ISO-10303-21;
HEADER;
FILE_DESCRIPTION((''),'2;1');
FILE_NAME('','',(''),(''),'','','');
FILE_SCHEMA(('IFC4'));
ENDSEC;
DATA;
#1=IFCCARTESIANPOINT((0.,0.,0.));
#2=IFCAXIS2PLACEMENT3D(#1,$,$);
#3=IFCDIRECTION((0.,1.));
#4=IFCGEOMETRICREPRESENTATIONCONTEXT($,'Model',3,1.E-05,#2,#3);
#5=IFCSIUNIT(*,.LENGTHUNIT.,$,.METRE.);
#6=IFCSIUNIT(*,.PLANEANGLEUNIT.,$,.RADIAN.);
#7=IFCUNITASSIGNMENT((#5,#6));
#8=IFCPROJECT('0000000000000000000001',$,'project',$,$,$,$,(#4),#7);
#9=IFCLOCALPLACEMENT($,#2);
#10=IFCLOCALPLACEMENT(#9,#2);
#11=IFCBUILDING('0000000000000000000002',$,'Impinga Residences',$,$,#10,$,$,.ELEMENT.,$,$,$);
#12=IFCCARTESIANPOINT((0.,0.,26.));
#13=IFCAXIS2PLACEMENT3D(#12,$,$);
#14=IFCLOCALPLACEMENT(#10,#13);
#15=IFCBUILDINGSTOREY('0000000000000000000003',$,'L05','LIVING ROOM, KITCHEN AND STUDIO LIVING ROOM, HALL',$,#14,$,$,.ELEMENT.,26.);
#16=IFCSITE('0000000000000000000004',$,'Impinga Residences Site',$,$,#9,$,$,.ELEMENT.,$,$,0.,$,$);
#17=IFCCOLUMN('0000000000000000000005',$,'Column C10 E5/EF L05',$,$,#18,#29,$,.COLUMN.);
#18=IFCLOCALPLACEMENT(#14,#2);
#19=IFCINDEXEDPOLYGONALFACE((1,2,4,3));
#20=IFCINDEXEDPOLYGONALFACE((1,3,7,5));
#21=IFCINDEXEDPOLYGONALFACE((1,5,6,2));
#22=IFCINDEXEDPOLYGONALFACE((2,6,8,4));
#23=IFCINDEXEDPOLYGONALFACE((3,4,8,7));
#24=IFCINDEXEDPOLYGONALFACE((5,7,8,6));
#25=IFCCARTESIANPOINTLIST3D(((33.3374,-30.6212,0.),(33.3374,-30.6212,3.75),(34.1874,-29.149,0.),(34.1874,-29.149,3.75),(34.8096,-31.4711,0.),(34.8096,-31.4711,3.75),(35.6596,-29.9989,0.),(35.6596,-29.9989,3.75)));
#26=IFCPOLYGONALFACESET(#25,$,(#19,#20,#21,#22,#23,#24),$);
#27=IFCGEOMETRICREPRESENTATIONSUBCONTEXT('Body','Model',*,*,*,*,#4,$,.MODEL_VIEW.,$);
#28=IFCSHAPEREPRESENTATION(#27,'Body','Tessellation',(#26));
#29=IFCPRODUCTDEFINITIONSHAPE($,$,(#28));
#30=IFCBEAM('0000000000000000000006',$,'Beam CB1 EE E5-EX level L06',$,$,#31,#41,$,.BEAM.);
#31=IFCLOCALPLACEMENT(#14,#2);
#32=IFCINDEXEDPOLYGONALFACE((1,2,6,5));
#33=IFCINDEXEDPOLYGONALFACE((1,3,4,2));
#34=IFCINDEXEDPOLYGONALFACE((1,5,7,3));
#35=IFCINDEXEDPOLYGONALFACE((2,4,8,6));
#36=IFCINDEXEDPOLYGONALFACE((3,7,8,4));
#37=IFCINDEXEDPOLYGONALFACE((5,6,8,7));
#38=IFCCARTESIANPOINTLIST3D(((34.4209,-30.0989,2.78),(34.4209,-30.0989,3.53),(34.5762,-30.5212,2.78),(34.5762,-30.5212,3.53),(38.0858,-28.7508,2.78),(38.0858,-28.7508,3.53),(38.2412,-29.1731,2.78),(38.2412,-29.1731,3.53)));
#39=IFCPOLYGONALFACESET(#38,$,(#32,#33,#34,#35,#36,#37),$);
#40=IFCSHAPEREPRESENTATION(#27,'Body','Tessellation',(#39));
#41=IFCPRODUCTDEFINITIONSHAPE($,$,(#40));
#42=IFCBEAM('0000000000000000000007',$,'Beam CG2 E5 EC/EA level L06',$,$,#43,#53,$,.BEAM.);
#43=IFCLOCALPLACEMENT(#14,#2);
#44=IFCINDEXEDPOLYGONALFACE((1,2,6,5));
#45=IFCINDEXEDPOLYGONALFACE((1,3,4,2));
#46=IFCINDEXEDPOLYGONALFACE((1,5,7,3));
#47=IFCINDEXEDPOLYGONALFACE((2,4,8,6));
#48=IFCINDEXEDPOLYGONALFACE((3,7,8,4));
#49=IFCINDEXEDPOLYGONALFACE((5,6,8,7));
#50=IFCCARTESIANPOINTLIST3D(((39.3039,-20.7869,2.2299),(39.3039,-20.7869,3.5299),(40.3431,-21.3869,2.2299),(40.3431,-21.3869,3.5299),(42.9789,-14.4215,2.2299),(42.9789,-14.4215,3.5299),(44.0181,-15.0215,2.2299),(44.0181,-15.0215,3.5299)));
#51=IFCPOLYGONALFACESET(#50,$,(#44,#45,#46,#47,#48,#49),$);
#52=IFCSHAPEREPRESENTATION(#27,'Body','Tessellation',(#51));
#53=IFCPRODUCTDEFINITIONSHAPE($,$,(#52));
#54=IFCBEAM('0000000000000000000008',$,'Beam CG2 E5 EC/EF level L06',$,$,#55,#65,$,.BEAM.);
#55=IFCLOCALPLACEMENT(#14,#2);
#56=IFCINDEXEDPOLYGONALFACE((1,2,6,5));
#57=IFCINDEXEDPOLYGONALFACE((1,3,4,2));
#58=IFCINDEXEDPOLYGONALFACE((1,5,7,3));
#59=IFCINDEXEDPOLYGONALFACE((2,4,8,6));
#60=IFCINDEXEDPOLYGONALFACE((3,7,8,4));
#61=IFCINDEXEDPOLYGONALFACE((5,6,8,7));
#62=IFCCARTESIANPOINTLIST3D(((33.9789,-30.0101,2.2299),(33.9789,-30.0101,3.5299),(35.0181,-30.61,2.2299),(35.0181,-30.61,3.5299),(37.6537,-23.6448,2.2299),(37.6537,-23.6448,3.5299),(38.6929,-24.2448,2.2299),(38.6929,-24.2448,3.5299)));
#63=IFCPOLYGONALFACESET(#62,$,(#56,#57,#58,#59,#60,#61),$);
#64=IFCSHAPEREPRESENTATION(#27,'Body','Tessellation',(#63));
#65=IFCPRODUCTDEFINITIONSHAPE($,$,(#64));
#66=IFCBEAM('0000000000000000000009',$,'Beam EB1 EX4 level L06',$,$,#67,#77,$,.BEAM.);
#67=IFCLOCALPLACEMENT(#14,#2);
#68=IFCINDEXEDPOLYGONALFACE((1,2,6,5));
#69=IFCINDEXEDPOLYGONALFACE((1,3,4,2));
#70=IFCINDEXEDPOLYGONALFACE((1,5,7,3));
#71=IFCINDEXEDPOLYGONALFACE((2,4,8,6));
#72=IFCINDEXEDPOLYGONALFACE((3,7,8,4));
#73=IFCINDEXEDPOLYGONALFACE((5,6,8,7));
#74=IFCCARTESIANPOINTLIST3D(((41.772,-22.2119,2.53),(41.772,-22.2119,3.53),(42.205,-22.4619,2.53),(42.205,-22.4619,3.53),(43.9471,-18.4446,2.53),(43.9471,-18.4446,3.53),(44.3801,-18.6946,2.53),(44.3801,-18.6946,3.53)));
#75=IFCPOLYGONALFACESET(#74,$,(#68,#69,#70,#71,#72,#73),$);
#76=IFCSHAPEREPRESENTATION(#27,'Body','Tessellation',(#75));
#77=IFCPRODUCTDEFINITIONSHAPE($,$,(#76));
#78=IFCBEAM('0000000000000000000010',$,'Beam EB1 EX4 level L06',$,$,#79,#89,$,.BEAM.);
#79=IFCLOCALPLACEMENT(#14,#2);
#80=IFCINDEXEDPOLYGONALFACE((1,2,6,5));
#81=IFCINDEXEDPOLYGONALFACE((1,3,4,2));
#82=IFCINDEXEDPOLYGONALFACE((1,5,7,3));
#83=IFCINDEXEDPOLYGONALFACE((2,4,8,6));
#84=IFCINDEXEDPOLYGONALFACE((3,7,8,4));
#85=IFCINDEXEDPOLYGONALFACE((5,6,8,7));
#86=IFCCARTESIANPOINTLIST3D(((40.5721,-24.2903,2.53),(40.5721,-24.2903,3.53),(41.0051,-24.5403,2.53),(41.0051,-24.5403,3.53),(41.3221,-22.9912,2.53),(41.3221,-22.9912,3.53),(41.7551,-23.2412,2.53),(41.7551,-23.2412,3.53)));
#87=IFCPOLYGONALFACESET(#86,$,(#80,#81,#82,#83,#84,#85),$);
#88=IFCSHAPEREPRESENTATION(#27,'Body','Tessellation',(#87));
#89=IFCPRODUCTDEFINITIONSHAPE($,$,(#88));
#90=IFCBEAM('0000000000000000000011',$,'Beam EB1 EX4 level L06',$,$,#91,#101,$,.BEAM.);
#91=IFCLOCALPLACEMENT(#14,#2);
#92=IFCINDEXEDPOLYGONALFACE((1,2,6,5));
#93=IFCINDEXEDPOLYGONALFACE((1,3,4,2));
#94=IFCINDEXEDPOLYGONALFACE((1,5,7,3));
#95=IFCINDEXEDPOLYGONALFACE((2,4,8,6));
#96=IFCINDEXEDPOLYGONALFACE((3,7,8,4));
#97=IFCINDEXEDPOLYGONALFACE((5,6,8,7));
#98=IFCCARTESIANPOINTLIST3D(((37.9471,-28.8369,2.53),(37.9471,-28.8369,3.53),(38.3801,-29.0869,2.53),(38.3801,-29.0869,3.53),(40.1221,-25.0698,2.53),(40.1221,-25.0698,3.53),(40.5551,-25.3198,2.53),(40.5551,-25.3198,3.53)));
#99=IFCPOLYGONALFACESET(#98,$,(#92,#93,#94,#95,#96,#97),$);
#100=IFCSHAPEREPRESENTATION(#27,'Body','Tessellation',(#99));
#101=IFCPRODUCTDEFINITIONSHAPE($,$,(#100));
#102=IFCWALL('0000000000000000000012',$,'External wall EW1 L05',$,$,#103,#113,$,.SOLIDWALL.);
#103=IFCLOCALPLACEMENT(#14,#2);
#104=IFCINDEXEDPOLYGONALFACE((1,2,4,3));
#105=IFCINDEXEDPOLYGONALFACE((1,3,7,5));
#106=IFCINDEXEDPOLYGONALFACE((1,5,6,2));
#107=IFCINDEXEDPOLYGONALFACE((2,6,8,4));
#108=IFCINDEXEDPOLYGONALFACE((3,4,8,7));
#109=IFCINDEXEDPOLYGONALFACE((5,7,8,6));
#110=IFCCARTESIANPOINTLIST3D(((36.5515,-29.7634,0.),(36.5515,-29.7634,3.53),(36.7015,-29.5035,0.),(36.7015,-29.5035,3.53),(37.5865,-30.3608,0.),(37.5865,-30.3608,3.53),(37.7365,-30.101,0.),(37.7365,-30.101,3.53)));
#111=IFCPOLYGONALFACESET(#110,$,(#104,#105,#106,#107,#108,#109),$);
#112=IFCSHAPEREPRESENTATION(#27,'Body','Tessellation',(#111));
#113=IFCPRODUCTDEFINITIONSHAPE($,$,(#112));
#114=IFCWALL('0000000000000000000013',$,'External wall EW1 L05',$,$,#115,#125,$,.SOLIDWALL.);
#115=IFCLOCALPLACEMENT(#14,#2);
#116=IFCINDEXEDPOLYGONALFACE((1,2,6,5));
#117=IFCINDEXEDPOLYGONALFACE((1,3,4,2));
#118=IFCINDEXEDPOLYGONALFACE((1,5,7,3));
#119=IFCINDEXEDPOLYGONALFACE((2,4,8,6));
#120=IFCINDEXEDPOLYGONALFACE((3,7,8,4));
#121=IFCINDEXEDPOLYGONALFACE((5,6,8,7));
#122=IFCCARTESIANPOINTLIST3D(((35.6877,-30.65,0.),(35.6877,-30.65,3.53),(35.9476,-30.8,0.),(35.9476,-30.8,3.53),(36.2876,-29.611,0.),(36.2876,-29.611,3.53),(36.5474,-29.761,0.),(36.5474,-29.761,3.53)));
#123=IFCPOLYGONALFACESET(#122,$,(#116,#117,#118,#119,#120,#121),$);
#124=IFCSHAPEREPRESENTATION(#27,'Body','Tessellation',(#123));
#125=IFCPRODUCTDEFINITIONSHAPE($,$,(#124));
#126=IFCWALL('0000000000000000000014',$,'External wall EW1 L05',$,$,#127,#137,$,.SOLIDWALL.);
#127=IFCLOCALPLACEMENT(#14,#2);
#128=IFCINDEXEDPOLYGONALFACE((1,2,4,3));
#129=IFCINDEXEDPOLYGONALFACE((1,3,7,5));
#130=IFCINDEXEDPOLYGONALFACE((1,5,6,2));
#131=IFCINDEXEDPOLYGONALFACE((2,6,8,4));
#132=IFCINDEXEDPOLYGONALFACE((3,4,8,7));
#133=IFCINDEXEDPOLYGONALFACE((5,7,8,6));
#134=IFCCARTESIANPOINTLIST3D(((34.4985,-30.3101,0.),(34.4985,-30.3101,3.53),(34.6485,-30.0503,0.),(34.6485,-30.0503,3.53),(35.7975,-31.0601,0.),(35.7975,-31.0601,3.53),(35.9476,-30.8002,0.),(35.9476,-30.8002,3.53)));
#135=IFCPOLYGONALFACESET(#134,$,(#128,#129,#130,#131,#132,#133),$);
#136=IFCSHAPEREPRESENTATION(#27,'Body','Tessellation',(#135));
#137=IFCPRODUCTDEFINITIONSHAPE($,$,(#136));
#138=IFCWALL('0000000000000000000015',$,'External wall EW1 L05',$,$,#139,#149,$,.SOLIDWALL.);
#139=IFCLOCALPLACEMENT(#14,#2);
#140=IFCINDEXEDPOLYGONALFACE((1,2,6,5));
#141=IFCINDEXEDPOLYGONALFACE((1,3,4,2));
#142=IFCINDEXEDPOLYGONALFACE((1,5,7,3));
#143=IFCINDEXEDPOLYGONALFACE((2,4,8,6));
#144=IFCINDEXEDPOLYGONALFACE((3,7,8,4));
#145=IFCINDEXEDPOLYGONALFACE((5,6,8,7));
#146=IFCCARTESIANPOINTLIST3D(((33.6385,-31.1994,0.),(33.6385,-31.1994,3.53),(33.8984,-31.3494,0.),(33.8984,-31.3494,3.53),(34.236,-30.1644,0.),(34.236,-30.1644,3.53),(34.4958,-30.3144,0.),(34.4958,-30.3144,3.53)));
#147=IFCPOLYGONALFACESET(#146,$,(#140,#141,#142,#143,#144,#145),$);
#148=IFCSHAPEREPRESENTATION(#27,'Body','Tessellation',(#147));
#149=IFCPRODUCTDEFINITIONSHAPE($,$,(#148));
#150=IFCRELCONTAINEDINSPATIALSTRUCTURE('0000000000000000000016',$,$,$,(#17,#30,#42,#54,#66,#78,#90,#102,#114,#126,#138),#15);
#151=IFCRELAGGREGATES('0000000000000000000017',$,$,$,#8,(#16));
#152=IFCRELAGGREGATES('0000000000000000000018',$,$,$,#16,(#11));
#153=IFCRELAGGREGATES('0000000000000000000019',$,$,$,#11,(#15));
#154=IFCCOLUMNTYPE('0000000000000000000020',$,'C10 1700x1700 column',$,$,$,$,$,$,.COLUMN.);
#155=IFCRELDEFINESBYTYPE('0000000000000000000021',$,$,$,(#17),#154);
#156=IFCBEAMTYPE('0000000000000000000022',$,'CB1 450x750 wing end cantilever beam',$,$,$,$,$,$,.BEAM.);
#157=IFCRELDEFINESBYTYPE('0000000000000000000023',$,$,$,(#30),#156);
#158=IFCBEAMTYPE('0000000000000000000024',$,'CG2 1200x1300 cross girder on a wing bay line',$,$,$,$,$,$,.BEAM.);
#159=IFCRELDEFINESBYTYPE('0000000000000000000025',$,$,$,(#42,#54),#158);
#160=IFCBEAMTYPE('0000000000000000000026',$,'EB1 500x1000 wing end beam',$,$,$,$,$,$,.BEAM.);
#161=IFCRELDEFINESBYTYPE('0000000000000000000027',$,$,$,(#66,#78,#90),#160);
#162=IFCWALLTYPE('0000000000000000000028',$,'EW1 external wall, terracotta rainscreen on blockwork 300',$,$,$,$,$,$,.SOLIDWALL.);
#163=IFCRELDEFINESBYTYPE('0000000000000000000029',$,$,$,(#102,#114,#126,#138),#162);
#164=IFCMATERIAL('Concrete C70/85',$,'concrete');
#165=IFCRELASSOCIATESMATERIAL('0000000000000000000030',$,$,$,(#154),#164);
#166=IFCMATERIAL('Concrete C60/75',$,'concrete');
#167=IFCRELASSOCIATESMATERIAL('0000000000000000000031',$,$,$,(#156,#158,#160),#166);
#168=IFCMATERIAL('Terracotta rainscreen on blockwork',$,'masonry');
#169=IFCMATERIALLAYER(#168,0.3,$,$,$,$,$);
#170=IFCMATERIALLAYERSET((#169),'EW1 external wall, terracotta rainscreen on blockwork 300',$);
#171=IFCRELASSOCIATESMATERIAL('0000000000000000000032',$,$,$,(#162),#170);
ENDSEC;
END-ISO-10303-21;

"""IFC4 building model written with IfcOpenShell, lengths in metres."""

from ifc_helpers import new_model, si_unit, direction, frame, frame_2d, origin, origin_2d, place, context, subcontext, project, spatial, rectangle, extrude, material, layer, layer_set, material_profile, profile_set, type_object, element, save


model = new_model("IFC4")

# Units and contexts
model_context = context("Model", 3, precision=1e-05, world=origin(), true_north=direction((0.0, 1.0)))
body_context = subcontext(model_context, "Body", "Model", "MODEL_VIEW")
ifc_project = project(units=[si_unit("LENGTHUNIT", "METRE"), si_unit("PLANEANGLEUNIT", "RADIAN")], contexts=[model_context])

# Site, building, storey
site_placement = place(None, origin())
site = spatial("IfcSite", under=ifc_project, at=site_placement, Name="Impinga Residences Site", CompositionType="ELEMENT", RefElevation=0.0)
building_placement = place(site_placement, origin())
building = spatial("IfcBuilding", under=site, at=building_placement, Name="Impinga Residences", CompositionType="ELEMENT")
storey_placement = place(building_placement, frame((0.0, 0.0, 26.0)))
storey = spatial("IfcBuildingStorey", under=building, at=storey_placement, Name="L05", Description="LIVING ROOM, KITCHEN AND STUDIO LIVING ROOM, HALL", CompositionType="ELEMENT", Elevation=26.0)

# Column
ifc_material_1 = material(Name="Concrete C70/85", Category="concrete")
ifc_material_profile_1 = material_profile(ifc_material_1, rectangle(XDim=1.7, YDim=1.7, at=origin_2d()), Name="RC 1700x1700")
ifc_profile_set_1 = profile_set([ifc_material_profile_1], Name="Concrete C70/85")
column_type = type_object("IfcColumnType", Name="C10 1700x1700 column", PredefinedType="COLUMN", material=ifc_profile_set_1)
column_placement = place(storey_placement, frame((34.4985, -30.3101, 0.0), z_axis=(0.0, 0.0, 1.0), x_axis=(-0.5, -0.866025, 0.0)))
element("IfcColumn", 1, at=column_placement, inside=storey, type_object=column_type, Name="Column C10 E5/EF L05", PredefinedType="COLUMN", context=body_context, shape_type="SweptSolid", body=[
    extrude(rectangle(XDim=1.7, YDim=1.7, at=origin_2d()), origin(), (0.0, 0.0, 1.0), 3.75),
])

# Beams
ifc_material_2 = material(Name="Concrete C60/75", Category="concrete")
ifc_material_profile_2 = material_profile(ifc_material_2, rectangle(XDim=0.45, YDim=0.75, at=origin_2d()), Name="RC 450x750")
ifc_profile_set_2 = profile_set([ifc_material_profile_2], Name="Concrete C60/75")
beam_type_1 = type_object("IfcBeamType", Name="CB1 450x750 wing end cantilever beam", PredefinedType="BEAM", material=ifc_profile_set_2)
beam_1_placement = place(storey_placement, frame((34.4985, -30.3101, 3.155), z_axis=(0.93852, 0.345224, 0.0), x_axis=(-0.345224, 0.93852, 0.0)))
element("IfcBeam", 2, at=beam_1_placement, inside=storey, type_object=beam_type_1, Name="Beam CB1 EE E5-EX level L06", PredefinedType="BEAM", context=body_context, shape_type="SweptSolid", body=[
    extrude(rectangle(XDim=0.45, YDim=0.75, at=origin_2d()), origin(), (0.0, 0.0, 1.0), 3.905),
])
ifc_material_profile_3 = material_profile(ifc_material_2, rectangle(XDim=1.2, YDim=1.3, at=origin_2d()), Name="RC 1200x1300")
ifc_profile_set_3 = profile_set([ifc_material_profile_3], Name="Concrete C60/75")
beam_type_2 = type_object("IfcBeamType", Name="CG2 1200x1300 cross girder on a wing bay line", PredefinedType="BEAM", material=ifc_profile_set_3)
beam_2_placement = place(storey_placement, frame((39.8235, -21.0869, 2.8799), z_axis=(0.499994, 0.866029, 0.0), x_axis=(-0.866029, 0.499994, 0.0)))
element("IfcBeam", 3, at=beam_2_placement, inside=storey, type_object=beam_type_2, Name="Beam CG2 E5 EC/EA level L06", PredefinedType="BEAM", context=body_context, shape_type="SweptSolid", body=[
    extrude(rectangle(XDim=1.2, YDim=1.3, at=origin_2d()), origin(), (0.0, 0.0, 1.0), 7.3501),
])
beam_3_placement = place(storey_placement, frame((38.1733, -23.9448, 2.8799), z_axis=(-0.499983, -0.866035, 0.0), x_axis=(0.866035, -0.499983, 0.0)))
element("IfcBeam", 4, at=beam_3_placement, inside=storey, type_object=beam_type_2, Name="Beam CG2 E5 EC/EF level L06", PredefinedType="BEAM", context=body_context, shape_type="SweptSolid", body=[
    extrude(rectangle(XDim=1.2, YDim=1.3, at=origin_2d()), origin(), (0.0, 0.0, 1.0), 7.3499),
])
ifc_material_profile_4 = material_profile(ifc_material_2, rectangle(XDim=0.5, YDim=1.0, at=origin_2d()), Name="RC 500x1000")
ifc_profile_set_4 = profile_set([ifc_material_profile_4], Name="Concrete C60/75")
beam_type_3 = type_object("IfcBeamType", Name="EB1 500x1000 wing end beam", PredefinedType="BEAM", material=ifc_profile_set_4)
beam_4_placement = place(storey_placement, frame((44.1636, -18.5696, 3.03), z_axis=(-0.499996, -0.866028, 0.0), x_axis=(0.866028, -0.499996, 0.0)))
element("IfcBeam", 5, at=beam_4_placement, inside=storey, type_object=beam_type_3, Name="Beam EB1 EX4 level L06", PredefinedType="BEAM", context=body_context, shape_type="SweptSolid", body=[
    extrude(rectangle(XDim=0.5, YDim=1.0, at=origin_2d()), origin(), (0.0, 0.0, 1.0), 4.3501),
])
beam_5_placement = place(storey_placement, frame((41.5386, -23.1162, 3.03), z_axis=(-0.49999, -0.866031, 0.0), x_axis=(0.866031, -0.49999, 0.0)))
element("IfcBeam", 6, at=beam_5_placement, inside=storey, type_object=beam_type_3, Name="Beam EB1 EX4 level L06", PredefinedType="BEAM", context=body_context, shape_type="SweptSolid", body=[
    extrude(rectangle(XDim=0.5, YDim=1.0, at=origin_2d()), origin(), (0.0, 0.0, 1.0), 1.5),
])
beam_6_placement = place(storey_placement, frame((40.3386, -25.1948, 3.03), z_axis=(-0.50002, -0.866014, 0.0), x_axis=(0.866014, -0.50002, 0.0)))
element("IfcBeam", 7, at=beam_6_placement, inside=storey, type_object=beam_type_3, Name="Beam EB1 EX4 level L06", PredefinedType="BEAM", context=body_context, shape_type="SweptSolid", body=[
    extrude(rectangle(XDim=0.5, YDim=1.0, at=origin_2d()), origin(), (0.0, 0.0, 1.0), 4.3499),
])

# Walls
ifc_material_3 = material(Name="Terracotta rainscreen on blockwork", Category="masonry")
ifc_layer_1 = layer(ifc_material_3, 0.3)
ifc_layer_set_1 = layer_set([ifc_layer_1], Name="EW1 external wall, terracotta rainscreen on blockwork 300")
wall_type_1 = type_object("IfcWallType", Name="EW1 external wall, terracotta rainscreen on blockwork 300", PredefinedType="SOLIDWALL", material=ifc_layer_set_1)
wall_1_placement = place(storey_placement, frame((37.6616, -30.231, 0.0), z_axis=(0.0, 0.0, 1.0), x_axis=(-0.86606, 0.499941, 0.0)))
element("IfcWall", 8, at=wall_1_placement, inside=storey, type_object=wall_type_1, Name="External wall EW1 L05", PredefinedType="SOLIDWALL", context=body_context, shape_type="SweptSolid", body=[
    extrude(rectangle(XDim=1.1951, YDim=0.3, at=frame_2d((0.5977, 0.0))), origin(), (0.0, 0.0, 1.0), 3.53),
])
wall_2_placement = place(storey_placement, frame((36.4175, -29.686, 0.0), z_axis=(0.0, 0.0, 1.0), x_axis=(-0.499969, -0.866043, 0.0)))
element("IfcWall", 9, at=wall_2_placement, inside=storey, type_object=wall_type_1, Name="External wall EW1 L05", PredefinedType="SOLIDWALL", context=body_context, shape_type="SweptSolid", body=[
    extrude(rectangle(XDim=1.1997, YDim=0.3, at=frame_2d((0.5999, 0.0))), origin(), (0.0, 0.0, 1.0), 3.53),
])
wall_3_placement = place(storey_placement, frame((35.8726, -30.9302, 0.0), z_axis=(0.0, 0.0, 1.0), x_axis=(-0.866031, 0.49999, 0.0)))
element("IfcWall", 10, at=wall_3_placement, inside=storey, type_object=wall_type_1, Name="External wall EW1 L05", PredefinedType="SOLIDWALL", context=body_context, shape_type="SweptSolid", body=[
    extrude(rectangle(XDim=1.5, YDim=0.3, at=frame_2d((0.75, 0.0))), origin(), (0.0, 0.0, 1.0), 3.53),
])
wall_4_placement = place(storey_placement, frame((34.366, -30.2393, 0.0), z_axis=(0.0, 0.0, 1.0), x_axis=(-0.499941, -0.86606, 0.0)))
element("IfcWall", 11, at=wall_4_placement, inside=storey, type_object=wall_type_1, Name="External wall EW1 L05", PredefinedType="SOLIDWALL", context=body_context, shape_type="SweptSolid", body=[
    extrude(rectangle(XDim=1.1951, YDim=0.3, at=frame_2d((0.5977, 0.0))), origin(), (0.0, 0.0, 1.0), 3.53),
])

save(model, "model.ifc")
